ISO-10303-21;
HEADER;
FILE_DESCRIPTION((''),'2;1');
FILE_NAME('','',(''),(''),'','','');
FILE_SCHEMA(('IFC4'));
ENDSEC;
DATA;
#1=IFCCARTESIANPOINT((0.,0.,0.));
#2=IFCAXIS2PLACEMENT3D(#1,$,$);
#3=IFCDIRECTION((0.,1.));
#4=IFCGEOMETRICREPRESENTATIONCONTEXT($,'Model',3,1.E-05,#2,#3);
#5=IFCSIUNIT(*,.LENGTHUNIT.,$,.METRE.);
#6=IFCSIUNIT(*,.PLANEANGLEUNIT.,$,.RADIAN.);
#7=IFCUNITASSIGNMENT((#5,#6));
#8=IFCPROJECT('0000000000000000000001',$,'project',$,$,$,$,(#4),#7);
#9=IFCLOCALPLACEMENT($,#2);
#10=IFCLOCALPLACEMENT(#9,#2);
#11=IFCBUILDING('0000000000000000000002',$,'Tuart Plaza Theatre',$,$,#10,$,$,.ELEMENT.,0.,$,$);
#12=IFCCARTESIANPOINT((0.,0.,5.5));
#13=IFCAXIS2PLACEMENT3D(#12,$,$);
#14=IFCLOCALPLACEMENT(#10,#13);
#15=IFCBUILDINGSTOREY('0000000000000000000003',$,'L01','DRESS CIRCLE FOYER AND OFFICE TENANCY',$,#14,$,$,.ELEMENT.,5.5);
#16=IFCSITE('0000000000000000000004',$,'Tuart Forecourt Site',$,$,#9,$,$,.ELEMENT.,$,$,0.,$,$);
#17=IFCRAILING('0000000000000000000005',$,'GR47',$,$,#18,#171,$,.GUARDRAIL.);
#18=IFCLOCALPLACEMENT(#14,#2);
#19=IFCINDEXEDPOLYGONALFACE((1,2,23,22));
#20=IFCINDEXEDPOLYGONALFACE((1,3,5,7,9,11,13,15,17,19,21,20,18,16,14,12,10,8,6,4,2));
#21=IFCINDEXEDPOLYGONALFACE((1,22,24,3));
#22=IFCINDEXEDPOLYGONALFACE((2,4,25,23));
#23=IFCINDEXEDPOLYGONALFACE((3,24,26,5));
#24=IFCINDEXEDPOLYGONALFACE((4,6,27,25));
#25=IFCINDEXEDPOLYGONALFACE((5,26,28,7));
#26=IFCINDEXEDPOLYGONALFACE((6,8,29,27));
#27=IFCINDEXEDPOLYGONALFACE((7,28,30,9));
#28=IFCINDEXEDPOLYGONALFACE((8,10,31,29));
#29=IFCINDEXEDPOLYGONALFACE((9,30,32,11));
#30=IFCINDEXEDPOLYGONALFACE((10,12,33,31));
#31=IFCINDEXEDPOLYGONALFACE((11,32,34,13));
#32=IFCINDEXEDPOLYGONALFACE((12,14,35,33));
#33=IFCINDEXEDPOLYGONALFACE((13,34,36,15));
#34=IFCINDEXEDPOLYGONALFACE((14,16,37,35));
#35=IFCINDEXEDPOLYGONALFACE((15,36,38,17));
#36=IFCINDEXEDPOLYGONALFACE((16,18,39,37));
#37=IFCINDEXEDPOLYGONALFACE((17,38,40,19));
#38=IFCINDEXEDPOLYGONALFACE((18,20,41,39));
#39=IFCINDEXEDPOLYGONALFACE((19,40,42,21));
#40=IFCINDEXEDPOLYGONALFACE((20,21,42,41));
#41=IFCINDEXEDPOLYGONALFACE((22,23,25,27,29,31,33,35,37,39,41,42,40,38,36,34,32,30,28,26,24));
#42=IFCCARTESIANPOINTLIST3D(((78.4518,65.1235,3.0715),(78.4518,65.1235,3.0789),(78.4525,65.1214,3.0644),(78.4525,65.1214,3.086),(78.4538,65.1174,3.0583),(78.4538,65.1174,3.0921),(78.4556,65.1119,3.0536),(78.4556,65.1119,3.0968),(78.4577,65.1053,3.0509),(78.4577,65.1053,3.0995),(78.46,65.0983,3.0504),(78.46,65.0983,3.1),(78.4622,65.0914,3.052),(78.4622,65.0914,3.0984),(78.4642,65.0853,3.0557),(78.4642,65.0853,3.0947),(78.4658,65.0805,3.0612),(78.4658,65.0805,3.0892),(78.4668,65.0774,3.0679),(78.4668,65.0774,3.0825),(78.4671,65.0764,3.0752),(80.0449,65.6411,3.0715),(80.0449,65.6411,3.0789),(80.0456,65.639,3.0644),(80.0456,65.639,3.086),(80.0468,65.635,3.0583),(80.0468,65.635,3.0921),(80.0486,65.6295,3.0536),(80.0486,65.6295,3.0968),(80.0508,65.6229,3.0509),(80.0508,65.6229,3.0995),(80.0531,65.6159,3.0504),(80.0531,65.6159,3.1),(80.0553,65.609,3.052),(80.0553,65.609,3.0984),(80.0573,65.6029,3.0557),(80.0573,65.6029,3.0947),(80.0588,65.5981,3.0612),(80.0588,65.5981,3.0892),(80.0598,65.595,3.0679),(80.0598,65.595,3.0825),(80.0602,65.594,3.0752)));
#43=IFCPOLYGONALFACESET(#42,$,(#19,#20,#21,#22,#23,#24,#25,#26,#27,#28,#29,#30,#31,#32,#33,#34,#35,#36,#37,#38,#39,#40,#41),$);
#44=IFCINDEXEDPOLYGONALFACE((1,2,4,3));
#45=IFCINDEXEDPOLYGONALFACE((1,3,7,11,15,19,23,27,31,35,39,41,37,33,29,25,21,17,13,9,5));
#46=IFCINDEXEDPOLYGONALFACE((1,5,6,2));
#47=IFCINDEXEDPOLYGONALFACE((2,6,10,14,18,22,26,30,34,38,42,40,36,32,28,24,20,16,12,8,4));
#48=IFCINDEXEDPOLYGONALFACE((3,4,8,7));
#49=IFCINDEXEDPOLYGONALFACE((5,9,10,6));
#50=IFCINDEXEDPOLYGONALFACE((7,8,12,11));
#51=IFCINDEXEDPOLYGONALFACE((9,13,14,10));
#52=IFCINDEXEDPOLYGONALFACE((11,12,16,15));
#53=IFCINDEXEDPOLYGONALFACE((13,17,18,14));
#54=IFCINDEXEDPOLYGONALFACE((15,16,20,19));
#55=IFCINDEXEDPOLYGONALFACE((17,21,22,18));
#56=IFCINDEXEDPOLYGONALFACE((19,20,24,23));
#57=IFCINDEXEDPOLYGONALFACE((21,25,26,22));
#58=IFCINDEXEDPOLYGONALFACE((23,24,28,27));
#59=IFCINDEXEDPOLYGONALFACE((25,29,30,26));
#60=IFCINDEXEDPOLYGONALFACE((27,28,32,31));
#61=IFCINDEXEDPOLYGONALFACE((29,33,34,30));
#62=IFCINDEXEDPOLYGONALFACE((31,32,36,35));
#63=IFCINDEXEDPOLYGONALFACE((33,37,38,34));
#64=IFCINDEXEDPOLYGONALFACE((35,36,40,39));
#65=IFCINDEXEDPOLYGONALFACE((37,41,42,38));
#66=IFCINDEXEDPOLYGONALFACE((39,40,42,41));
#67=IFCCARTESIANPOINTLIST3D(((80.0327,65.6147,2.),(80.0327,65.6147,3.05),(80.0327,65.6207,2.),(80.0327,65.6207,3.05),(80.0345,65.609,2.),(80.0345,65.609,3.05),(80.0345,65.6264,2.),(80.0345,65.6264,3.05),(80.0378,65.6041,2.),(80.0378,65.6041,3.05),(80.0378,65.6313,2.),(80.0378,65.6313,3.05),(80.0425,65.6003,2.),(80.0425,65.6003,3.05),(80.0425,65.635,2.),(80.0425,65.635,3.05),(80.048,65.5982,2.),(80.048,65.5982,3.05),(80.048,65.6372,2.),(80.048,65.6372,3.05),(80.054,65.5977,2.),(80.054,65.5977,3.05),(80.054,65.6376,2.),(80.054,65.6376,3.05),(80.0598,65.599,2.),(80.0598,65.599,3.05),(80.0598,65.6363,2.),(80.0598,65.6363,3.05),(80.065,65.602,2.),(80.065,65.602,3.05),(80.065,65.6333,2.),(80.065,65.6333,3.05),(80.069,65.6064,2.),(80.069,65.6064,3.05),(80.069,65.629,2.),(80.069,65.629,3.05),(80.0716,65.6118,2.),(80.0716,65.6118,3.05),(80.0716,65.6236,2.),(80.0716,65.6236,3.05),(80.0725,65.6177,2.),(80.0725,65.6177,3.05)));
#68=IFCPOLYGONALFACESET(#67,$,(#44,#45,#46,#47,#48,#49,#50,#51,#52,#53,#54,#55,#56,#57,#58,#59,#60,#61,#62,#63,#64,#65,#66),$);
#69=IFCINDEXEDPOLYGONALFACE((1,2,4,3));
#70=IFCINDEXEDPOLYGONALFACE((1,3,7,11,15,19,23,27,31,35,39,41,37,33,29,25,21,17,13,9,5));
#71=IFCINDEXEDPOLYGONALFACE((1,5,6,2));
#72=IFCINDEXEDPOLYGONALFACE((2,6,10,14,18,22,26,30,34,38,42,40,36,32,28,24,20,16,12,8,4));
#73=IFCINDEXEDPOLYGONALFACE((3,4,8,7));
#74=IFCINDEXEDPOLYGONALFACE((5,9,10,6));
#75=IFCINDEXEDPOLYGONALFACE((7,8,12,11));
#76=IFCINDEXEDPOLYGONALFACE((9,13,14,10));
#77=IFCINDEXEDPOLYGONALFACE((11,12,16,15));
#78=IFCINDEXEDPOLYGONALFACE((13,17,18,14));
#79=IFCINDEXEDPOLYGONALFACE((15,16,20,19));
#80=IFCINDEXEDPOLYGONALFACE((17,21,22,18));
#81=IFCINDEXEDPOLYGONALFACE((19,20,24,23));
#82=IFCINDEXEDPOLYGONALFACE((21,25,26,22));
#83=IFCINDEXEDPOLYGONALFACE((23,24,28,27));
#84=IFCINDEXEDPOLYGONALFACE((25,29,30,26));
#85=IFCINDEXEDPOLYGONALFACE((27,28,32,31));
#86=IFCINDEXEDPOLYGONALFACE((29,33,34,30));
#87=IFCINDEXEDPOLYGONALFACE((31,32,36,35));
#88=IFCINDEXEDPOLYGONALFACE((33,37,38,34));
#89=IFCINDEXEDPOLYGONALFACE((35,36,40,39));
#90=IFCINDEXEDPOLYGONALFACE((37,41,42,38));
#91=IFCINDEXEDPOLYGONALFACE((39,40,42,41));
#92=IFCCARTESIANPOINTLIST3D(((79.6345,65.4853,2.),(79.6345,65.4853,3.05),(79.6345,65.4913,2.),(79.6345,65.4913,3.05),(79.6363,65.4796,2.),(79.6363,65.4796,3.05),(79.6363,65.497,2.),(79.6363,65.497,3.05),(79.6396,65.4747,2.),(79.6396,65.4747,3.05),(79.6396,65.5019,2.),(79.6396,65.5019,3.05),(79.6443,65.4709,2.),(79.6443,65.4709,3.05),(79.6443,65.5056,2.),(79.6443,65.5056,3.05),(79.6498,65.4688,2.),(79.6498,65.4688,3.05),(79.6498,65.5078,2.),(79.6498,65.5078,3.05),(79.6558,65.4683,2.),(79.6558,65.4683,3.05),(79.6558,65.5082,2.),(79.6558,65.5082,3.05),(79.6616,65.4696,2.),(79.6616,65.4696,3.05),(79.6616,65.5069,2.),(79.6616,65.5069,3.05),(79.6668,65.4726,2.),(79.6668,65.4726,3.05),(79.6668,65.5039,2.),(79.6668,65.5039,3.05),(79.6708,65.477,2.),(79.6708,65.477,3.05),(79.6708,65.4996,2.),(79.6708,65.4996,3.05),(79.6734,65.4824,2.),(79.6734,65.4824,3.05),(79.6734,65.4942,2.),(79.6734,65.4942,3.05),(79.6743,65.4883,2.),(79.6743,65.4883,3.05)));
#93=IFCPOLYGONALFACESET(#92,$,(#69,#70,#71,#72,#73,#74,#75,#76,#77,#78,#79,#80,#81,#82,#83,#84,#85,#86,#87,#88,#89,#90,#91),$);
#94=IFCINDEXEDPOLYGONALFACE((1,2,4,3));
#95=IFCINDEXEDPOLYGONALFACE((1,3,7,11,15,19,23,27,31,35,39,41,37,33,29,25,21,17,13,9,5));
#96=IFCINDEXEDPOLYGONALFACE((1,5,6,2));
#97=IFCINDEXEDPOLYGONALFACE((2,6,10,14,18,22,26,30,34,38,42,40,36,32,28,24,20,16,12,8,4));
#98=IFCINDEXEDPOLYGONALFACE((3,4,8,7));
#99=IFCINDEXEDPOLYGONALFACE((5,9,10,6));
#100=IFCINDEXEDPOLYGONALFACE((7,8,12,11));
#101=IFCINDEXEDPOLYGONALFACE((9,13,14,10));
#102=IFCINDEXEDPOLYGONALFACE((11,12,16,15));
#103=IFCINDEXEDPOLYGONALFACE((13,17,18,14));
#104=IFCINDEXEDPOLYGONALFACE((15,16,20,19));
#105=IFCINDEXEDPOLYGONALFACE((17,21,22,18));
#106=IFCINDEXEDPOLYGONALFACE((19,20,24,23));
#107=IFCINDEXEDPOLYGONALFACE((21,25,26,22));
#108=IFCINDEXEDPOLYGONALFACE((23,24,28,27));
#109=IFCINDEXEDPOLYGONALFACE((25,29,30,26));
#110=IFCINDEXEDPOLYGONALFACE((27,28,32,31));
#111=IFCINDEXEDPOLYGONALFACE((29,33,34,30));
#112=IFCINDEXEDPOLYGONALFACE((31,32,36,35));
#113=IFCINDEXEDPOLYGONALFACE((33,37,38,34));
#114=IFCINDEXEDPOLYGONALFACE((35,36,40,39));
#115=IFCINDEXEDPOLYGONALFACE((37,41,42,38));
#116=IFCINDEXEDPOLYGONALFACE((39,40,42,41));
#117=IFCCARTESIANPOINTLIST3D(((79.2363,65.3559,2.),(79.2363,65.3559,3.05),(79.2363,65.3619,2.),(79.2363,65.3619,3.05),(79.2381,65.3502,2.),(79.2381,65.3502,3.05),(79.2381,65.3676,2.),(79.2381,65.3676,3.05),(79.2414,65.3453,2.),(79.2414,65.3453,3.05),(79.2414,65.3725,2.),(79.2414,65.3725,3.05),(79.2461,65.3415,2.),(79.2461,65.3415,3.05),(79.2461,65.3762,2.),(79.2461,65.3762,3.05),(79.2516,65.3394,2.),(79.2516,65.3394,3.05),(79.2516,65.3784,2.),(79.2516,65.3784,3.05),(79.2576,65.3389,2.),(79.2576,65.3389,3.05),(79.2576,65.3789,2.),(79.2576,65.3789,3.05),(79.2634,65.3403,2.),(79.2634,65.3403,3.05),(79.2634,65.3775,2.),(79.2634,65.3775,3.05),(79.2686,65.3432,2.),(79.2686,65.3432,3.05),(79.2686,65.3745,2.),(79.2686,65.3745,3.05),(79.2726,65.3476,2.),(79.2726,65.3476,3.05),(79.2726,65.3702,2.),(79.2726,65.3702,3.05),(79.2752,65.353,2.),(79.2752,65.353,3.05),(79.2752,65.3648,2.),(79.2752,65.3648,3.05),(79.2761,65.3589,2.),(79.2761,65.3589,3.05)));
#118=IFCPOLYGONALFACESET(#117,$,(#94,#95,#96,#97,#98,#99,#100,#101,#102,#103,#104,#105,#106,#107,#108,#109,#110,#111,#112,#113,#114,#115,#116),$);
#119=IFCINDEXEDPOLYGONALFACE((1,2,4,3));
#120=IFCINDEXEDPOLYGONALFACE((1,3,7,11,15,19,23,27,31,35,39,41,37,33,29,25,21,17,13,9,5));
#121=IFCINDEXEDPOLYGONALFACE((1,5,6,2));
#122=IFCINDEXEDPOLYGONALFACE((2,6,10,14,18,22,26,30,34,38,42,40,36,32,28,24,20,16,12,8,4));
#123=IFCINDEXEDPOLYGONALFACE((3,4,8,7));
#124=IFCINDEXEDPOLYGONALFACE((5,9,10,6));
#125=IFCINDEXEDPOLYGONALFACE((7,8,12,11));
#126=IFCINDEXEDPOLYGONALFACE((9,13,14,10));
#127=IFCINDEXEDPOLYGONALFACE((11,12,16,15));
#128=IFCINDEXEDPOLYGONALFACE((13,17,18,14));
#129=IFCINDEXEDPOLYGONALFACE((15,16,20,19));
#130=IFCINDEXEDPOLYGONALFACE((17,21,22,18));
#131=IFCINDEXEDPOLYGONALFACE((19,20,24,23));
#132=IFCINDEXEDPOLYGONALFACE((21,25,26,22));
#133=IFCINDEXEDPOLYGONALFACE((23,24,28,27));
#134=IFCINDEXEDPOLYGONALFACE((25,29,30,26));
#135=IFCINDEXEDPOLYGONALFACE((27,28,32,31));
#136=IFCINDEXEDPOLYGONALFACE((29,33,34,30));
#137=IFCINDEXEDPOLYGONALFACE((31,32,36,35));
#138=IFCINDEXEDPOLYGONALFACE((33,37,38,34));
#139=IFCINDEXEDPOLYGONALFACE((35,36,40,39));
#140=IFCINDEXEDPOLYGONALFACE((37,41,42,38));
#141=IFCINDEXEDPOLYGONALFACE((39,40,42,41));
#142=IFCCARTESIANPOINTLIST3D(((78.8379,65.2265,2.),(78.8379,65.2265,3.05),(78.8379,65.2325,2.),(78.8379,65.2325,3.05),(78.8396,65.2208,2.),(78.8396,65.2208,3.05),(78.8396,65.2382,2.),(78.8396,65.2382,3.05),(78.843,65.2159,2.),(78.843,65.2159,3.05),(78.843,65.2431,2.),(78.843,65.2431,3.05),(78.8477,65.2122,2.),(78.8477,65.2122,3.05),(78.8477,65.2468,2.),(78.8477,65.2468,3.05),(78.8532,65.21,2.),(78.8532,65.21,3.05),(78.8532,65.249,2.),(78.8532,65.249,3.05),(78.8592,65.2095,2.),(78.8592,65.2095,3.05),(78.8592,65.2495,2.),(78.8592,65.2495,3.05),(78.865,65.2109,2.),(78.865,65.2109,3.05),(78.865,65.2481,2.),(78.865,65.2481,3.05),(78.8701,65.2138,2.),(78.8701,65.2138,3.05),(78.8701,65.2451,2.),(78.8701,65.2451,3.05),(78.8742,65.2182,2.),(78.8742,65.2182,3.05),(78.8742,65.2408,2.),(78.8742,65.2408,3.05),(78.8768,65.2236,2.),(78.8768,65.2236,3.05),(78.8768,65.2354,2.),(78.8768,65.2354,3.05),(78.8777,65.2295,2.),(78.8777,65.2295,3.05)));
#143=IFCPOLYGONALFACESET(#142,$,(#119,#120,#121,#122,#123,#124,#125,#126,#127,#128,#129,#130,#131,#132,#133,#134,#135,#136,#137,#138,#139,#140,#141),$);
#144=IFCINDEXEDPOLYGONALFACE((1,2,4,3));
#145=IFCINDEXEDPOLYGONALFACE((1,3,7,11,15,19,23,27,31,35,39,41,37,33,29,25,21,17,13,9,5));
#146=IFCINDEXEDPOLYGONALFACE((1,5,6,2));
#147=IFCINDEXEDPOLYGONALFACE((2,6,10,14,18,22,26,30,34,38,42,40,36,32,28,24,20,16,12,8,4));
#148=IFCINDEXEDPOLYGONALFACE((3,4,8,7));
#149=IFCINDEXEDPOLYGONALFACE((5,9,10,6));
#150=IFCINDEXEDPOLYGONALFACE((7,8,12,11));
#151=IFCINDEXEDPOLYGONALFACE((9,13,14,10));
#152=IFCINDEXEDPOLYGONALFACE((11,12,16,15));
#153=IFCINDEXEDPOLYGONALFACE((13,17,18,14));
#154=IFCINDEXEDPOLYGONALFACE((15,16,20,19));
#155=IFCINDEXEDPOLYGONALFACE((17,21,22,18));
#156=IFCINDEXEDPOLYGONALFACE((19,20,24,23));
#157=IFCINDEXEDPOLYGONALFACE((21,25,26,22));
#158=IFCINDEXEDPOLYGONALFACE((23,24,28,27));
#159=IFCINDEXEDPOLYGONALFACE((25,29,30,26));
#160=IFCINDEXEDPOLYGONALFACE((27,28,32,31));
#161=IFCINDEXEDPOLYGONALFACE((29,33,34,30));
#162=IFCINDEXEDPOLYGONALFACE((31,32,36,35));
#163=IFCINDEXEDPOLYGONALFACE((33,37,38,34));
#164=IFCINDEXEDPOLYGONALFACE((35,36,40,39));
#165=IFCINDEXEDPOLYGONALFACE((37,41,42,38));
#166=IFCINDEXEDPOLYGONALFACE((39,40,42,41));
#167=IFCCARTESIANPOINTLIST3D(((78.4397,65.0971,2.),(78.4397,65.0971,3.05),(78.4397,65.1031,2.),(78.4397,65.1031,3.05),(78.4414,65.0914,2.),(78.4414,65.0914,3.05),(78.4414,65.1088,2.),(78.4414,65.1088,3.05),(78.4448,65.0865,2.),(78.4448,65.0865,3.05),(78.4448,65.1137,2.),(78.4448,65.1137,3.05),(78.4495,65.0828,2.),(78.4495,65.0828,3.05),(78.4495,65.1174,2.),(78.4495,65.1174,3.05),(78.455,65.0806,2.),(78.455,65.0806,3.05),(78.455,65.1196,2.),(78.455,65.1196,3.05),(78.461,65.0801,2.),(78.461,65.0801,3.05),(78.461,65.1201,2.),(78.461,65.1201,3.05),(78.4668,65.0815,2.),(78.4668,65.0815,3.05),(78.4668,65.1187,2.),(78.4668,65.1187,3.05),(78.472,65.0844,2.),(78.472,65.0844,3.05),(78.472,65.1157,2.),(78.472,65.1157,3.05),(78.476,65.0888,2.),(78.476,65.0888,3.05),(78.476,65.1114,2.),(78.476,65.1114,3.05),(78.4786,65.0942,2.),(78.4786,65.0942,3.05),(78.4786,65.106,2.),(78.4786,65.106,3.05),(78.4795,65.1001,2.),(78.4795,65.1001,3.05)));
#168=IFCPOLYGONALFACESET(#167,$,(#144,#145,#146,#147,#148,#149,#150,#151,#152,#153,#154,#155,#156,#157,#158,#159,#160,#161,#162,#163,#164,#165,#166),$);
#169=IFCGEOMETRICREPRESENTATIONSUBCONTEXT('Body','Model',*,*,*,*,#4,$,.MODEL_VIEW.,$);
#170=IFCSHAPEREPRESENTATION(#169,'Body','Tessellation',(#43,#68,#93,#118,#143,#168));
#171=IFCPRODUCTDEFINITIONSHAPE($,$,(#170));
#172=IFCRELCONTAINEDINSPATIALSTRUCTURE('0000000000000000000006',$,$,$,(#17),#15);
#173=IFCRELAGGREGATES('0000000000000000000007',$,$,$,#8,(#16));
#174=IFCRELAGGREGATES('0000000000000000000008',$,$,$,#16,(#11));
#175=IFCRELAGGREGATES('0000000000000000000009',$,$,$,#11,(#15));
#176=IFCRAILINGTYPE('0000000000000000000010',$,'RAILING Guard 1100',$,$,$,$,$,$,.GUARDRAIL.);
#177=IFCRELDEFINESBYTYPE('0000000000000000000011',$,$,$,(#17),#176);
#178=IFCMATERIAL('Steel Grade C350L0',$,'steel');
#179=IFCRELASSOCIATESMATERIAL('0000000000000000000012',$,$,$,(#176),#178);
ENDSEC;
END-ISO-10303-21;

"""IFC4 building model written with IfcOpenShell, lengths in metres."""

from ifc_helpers import new_model, si_unit, direction, frame, origin, origin_2d, place, context, subcontext, project, spatial, circle, extrude, material, type_object, element, save


model = new_model("IFC4")

# Units and contexts
model_context = context("Model", 3, precision=1e-05, world=origin(), true_north=direction((0.0, 1.0)))
body_context = subcontext(model_context, "Body", "Model", "MODEL_VIEW")
ifc_project = project(units=[si_unit("LENGTHUNIT", "METRE"), si_unit("PLANEANGLEUNIT", "RADIAN")], contexts=[model_context])

# Site, building, storey
site_placement = place(None, origin())
site = spatial("IfcSite", under=ifc_project, at=site_placement, Name="Tuart Forecourt Site", CompositionType="ELEMENT", RefElevation=0.0)
building_placement = place(site_placement, origin())
building = spatial("IfcBuilding", under=site, at=building_placement, Name="Tuart Plaza Theatre", CompositionType="ELEMENT", ElevationOfRefHeight=0.0)
storey_placement = place(building_placement, frame((0.0, 0.0, 5.5)))
storey = spatial("IfcBuildingStorey", under=building, at=storey_placement, Name="L01", Description="DRESS CIRCLE FOYER AND OFFICE TENANCY", CompositionType="ELEMENT", Elevation=5.5)

# Railing
ifc_material_1 = material(Name="Steel Grade C350L0", Category="steel")
railing_type = type_object("IfcRailingType", Name="RAILING Guard 1100", PredefinedType="GUARDRAIL", material=ifc_material_1)
railing_placement = place(storey_placement, frame((80.0525, 65.6177, 2.0)))
element("IfcRailing", 1, at=railing_placement, inside=storey, type_object=railing_type, Name="GR47", PredefinedType="GUARDRAIL", context=body_context, shape_type="SweptSolid", body=[
    extrude(circle(Radius=0.0249, at=origin_2d()), frame((0.0, 0.0, 1.0752), z_axis=(-0.951061, -0.309004, 0.0), x_axis=(0.309004, -0.951061, 0.0)), (0.0, 0.0, 1.0), 1.675),
    extrude(circle(Radius=0.02, at=origin_2d()), origin(), (0.0, 0.0, 1.0), 1.05),
    extrude(circle(Radius=0.02, at=origin_2d()), frame((-0.3982, -0.1294, 0.0)), (0.0, 0.0, 1.0), 1.05),
    extrude(circle(Radius=0.02, at=origin_2d()), frame((-0.7964, -0.2588, 0.0)), (0.0, 0.0, 1.0), 1.05),
    extrude(circle(Radius=0.02, at=origin_2d()), frame((-1.1948, -0.3882, 0.0)), (0.0, 0.0, 1.0), 1.05),
    extrude(circle(Radius=0.02, at=origin_2d()), frame((-1.593, -0.5176, 0.0)), (0.0, 0.0, 1.0), 1.05),
])

save(model, "model.ifc")
